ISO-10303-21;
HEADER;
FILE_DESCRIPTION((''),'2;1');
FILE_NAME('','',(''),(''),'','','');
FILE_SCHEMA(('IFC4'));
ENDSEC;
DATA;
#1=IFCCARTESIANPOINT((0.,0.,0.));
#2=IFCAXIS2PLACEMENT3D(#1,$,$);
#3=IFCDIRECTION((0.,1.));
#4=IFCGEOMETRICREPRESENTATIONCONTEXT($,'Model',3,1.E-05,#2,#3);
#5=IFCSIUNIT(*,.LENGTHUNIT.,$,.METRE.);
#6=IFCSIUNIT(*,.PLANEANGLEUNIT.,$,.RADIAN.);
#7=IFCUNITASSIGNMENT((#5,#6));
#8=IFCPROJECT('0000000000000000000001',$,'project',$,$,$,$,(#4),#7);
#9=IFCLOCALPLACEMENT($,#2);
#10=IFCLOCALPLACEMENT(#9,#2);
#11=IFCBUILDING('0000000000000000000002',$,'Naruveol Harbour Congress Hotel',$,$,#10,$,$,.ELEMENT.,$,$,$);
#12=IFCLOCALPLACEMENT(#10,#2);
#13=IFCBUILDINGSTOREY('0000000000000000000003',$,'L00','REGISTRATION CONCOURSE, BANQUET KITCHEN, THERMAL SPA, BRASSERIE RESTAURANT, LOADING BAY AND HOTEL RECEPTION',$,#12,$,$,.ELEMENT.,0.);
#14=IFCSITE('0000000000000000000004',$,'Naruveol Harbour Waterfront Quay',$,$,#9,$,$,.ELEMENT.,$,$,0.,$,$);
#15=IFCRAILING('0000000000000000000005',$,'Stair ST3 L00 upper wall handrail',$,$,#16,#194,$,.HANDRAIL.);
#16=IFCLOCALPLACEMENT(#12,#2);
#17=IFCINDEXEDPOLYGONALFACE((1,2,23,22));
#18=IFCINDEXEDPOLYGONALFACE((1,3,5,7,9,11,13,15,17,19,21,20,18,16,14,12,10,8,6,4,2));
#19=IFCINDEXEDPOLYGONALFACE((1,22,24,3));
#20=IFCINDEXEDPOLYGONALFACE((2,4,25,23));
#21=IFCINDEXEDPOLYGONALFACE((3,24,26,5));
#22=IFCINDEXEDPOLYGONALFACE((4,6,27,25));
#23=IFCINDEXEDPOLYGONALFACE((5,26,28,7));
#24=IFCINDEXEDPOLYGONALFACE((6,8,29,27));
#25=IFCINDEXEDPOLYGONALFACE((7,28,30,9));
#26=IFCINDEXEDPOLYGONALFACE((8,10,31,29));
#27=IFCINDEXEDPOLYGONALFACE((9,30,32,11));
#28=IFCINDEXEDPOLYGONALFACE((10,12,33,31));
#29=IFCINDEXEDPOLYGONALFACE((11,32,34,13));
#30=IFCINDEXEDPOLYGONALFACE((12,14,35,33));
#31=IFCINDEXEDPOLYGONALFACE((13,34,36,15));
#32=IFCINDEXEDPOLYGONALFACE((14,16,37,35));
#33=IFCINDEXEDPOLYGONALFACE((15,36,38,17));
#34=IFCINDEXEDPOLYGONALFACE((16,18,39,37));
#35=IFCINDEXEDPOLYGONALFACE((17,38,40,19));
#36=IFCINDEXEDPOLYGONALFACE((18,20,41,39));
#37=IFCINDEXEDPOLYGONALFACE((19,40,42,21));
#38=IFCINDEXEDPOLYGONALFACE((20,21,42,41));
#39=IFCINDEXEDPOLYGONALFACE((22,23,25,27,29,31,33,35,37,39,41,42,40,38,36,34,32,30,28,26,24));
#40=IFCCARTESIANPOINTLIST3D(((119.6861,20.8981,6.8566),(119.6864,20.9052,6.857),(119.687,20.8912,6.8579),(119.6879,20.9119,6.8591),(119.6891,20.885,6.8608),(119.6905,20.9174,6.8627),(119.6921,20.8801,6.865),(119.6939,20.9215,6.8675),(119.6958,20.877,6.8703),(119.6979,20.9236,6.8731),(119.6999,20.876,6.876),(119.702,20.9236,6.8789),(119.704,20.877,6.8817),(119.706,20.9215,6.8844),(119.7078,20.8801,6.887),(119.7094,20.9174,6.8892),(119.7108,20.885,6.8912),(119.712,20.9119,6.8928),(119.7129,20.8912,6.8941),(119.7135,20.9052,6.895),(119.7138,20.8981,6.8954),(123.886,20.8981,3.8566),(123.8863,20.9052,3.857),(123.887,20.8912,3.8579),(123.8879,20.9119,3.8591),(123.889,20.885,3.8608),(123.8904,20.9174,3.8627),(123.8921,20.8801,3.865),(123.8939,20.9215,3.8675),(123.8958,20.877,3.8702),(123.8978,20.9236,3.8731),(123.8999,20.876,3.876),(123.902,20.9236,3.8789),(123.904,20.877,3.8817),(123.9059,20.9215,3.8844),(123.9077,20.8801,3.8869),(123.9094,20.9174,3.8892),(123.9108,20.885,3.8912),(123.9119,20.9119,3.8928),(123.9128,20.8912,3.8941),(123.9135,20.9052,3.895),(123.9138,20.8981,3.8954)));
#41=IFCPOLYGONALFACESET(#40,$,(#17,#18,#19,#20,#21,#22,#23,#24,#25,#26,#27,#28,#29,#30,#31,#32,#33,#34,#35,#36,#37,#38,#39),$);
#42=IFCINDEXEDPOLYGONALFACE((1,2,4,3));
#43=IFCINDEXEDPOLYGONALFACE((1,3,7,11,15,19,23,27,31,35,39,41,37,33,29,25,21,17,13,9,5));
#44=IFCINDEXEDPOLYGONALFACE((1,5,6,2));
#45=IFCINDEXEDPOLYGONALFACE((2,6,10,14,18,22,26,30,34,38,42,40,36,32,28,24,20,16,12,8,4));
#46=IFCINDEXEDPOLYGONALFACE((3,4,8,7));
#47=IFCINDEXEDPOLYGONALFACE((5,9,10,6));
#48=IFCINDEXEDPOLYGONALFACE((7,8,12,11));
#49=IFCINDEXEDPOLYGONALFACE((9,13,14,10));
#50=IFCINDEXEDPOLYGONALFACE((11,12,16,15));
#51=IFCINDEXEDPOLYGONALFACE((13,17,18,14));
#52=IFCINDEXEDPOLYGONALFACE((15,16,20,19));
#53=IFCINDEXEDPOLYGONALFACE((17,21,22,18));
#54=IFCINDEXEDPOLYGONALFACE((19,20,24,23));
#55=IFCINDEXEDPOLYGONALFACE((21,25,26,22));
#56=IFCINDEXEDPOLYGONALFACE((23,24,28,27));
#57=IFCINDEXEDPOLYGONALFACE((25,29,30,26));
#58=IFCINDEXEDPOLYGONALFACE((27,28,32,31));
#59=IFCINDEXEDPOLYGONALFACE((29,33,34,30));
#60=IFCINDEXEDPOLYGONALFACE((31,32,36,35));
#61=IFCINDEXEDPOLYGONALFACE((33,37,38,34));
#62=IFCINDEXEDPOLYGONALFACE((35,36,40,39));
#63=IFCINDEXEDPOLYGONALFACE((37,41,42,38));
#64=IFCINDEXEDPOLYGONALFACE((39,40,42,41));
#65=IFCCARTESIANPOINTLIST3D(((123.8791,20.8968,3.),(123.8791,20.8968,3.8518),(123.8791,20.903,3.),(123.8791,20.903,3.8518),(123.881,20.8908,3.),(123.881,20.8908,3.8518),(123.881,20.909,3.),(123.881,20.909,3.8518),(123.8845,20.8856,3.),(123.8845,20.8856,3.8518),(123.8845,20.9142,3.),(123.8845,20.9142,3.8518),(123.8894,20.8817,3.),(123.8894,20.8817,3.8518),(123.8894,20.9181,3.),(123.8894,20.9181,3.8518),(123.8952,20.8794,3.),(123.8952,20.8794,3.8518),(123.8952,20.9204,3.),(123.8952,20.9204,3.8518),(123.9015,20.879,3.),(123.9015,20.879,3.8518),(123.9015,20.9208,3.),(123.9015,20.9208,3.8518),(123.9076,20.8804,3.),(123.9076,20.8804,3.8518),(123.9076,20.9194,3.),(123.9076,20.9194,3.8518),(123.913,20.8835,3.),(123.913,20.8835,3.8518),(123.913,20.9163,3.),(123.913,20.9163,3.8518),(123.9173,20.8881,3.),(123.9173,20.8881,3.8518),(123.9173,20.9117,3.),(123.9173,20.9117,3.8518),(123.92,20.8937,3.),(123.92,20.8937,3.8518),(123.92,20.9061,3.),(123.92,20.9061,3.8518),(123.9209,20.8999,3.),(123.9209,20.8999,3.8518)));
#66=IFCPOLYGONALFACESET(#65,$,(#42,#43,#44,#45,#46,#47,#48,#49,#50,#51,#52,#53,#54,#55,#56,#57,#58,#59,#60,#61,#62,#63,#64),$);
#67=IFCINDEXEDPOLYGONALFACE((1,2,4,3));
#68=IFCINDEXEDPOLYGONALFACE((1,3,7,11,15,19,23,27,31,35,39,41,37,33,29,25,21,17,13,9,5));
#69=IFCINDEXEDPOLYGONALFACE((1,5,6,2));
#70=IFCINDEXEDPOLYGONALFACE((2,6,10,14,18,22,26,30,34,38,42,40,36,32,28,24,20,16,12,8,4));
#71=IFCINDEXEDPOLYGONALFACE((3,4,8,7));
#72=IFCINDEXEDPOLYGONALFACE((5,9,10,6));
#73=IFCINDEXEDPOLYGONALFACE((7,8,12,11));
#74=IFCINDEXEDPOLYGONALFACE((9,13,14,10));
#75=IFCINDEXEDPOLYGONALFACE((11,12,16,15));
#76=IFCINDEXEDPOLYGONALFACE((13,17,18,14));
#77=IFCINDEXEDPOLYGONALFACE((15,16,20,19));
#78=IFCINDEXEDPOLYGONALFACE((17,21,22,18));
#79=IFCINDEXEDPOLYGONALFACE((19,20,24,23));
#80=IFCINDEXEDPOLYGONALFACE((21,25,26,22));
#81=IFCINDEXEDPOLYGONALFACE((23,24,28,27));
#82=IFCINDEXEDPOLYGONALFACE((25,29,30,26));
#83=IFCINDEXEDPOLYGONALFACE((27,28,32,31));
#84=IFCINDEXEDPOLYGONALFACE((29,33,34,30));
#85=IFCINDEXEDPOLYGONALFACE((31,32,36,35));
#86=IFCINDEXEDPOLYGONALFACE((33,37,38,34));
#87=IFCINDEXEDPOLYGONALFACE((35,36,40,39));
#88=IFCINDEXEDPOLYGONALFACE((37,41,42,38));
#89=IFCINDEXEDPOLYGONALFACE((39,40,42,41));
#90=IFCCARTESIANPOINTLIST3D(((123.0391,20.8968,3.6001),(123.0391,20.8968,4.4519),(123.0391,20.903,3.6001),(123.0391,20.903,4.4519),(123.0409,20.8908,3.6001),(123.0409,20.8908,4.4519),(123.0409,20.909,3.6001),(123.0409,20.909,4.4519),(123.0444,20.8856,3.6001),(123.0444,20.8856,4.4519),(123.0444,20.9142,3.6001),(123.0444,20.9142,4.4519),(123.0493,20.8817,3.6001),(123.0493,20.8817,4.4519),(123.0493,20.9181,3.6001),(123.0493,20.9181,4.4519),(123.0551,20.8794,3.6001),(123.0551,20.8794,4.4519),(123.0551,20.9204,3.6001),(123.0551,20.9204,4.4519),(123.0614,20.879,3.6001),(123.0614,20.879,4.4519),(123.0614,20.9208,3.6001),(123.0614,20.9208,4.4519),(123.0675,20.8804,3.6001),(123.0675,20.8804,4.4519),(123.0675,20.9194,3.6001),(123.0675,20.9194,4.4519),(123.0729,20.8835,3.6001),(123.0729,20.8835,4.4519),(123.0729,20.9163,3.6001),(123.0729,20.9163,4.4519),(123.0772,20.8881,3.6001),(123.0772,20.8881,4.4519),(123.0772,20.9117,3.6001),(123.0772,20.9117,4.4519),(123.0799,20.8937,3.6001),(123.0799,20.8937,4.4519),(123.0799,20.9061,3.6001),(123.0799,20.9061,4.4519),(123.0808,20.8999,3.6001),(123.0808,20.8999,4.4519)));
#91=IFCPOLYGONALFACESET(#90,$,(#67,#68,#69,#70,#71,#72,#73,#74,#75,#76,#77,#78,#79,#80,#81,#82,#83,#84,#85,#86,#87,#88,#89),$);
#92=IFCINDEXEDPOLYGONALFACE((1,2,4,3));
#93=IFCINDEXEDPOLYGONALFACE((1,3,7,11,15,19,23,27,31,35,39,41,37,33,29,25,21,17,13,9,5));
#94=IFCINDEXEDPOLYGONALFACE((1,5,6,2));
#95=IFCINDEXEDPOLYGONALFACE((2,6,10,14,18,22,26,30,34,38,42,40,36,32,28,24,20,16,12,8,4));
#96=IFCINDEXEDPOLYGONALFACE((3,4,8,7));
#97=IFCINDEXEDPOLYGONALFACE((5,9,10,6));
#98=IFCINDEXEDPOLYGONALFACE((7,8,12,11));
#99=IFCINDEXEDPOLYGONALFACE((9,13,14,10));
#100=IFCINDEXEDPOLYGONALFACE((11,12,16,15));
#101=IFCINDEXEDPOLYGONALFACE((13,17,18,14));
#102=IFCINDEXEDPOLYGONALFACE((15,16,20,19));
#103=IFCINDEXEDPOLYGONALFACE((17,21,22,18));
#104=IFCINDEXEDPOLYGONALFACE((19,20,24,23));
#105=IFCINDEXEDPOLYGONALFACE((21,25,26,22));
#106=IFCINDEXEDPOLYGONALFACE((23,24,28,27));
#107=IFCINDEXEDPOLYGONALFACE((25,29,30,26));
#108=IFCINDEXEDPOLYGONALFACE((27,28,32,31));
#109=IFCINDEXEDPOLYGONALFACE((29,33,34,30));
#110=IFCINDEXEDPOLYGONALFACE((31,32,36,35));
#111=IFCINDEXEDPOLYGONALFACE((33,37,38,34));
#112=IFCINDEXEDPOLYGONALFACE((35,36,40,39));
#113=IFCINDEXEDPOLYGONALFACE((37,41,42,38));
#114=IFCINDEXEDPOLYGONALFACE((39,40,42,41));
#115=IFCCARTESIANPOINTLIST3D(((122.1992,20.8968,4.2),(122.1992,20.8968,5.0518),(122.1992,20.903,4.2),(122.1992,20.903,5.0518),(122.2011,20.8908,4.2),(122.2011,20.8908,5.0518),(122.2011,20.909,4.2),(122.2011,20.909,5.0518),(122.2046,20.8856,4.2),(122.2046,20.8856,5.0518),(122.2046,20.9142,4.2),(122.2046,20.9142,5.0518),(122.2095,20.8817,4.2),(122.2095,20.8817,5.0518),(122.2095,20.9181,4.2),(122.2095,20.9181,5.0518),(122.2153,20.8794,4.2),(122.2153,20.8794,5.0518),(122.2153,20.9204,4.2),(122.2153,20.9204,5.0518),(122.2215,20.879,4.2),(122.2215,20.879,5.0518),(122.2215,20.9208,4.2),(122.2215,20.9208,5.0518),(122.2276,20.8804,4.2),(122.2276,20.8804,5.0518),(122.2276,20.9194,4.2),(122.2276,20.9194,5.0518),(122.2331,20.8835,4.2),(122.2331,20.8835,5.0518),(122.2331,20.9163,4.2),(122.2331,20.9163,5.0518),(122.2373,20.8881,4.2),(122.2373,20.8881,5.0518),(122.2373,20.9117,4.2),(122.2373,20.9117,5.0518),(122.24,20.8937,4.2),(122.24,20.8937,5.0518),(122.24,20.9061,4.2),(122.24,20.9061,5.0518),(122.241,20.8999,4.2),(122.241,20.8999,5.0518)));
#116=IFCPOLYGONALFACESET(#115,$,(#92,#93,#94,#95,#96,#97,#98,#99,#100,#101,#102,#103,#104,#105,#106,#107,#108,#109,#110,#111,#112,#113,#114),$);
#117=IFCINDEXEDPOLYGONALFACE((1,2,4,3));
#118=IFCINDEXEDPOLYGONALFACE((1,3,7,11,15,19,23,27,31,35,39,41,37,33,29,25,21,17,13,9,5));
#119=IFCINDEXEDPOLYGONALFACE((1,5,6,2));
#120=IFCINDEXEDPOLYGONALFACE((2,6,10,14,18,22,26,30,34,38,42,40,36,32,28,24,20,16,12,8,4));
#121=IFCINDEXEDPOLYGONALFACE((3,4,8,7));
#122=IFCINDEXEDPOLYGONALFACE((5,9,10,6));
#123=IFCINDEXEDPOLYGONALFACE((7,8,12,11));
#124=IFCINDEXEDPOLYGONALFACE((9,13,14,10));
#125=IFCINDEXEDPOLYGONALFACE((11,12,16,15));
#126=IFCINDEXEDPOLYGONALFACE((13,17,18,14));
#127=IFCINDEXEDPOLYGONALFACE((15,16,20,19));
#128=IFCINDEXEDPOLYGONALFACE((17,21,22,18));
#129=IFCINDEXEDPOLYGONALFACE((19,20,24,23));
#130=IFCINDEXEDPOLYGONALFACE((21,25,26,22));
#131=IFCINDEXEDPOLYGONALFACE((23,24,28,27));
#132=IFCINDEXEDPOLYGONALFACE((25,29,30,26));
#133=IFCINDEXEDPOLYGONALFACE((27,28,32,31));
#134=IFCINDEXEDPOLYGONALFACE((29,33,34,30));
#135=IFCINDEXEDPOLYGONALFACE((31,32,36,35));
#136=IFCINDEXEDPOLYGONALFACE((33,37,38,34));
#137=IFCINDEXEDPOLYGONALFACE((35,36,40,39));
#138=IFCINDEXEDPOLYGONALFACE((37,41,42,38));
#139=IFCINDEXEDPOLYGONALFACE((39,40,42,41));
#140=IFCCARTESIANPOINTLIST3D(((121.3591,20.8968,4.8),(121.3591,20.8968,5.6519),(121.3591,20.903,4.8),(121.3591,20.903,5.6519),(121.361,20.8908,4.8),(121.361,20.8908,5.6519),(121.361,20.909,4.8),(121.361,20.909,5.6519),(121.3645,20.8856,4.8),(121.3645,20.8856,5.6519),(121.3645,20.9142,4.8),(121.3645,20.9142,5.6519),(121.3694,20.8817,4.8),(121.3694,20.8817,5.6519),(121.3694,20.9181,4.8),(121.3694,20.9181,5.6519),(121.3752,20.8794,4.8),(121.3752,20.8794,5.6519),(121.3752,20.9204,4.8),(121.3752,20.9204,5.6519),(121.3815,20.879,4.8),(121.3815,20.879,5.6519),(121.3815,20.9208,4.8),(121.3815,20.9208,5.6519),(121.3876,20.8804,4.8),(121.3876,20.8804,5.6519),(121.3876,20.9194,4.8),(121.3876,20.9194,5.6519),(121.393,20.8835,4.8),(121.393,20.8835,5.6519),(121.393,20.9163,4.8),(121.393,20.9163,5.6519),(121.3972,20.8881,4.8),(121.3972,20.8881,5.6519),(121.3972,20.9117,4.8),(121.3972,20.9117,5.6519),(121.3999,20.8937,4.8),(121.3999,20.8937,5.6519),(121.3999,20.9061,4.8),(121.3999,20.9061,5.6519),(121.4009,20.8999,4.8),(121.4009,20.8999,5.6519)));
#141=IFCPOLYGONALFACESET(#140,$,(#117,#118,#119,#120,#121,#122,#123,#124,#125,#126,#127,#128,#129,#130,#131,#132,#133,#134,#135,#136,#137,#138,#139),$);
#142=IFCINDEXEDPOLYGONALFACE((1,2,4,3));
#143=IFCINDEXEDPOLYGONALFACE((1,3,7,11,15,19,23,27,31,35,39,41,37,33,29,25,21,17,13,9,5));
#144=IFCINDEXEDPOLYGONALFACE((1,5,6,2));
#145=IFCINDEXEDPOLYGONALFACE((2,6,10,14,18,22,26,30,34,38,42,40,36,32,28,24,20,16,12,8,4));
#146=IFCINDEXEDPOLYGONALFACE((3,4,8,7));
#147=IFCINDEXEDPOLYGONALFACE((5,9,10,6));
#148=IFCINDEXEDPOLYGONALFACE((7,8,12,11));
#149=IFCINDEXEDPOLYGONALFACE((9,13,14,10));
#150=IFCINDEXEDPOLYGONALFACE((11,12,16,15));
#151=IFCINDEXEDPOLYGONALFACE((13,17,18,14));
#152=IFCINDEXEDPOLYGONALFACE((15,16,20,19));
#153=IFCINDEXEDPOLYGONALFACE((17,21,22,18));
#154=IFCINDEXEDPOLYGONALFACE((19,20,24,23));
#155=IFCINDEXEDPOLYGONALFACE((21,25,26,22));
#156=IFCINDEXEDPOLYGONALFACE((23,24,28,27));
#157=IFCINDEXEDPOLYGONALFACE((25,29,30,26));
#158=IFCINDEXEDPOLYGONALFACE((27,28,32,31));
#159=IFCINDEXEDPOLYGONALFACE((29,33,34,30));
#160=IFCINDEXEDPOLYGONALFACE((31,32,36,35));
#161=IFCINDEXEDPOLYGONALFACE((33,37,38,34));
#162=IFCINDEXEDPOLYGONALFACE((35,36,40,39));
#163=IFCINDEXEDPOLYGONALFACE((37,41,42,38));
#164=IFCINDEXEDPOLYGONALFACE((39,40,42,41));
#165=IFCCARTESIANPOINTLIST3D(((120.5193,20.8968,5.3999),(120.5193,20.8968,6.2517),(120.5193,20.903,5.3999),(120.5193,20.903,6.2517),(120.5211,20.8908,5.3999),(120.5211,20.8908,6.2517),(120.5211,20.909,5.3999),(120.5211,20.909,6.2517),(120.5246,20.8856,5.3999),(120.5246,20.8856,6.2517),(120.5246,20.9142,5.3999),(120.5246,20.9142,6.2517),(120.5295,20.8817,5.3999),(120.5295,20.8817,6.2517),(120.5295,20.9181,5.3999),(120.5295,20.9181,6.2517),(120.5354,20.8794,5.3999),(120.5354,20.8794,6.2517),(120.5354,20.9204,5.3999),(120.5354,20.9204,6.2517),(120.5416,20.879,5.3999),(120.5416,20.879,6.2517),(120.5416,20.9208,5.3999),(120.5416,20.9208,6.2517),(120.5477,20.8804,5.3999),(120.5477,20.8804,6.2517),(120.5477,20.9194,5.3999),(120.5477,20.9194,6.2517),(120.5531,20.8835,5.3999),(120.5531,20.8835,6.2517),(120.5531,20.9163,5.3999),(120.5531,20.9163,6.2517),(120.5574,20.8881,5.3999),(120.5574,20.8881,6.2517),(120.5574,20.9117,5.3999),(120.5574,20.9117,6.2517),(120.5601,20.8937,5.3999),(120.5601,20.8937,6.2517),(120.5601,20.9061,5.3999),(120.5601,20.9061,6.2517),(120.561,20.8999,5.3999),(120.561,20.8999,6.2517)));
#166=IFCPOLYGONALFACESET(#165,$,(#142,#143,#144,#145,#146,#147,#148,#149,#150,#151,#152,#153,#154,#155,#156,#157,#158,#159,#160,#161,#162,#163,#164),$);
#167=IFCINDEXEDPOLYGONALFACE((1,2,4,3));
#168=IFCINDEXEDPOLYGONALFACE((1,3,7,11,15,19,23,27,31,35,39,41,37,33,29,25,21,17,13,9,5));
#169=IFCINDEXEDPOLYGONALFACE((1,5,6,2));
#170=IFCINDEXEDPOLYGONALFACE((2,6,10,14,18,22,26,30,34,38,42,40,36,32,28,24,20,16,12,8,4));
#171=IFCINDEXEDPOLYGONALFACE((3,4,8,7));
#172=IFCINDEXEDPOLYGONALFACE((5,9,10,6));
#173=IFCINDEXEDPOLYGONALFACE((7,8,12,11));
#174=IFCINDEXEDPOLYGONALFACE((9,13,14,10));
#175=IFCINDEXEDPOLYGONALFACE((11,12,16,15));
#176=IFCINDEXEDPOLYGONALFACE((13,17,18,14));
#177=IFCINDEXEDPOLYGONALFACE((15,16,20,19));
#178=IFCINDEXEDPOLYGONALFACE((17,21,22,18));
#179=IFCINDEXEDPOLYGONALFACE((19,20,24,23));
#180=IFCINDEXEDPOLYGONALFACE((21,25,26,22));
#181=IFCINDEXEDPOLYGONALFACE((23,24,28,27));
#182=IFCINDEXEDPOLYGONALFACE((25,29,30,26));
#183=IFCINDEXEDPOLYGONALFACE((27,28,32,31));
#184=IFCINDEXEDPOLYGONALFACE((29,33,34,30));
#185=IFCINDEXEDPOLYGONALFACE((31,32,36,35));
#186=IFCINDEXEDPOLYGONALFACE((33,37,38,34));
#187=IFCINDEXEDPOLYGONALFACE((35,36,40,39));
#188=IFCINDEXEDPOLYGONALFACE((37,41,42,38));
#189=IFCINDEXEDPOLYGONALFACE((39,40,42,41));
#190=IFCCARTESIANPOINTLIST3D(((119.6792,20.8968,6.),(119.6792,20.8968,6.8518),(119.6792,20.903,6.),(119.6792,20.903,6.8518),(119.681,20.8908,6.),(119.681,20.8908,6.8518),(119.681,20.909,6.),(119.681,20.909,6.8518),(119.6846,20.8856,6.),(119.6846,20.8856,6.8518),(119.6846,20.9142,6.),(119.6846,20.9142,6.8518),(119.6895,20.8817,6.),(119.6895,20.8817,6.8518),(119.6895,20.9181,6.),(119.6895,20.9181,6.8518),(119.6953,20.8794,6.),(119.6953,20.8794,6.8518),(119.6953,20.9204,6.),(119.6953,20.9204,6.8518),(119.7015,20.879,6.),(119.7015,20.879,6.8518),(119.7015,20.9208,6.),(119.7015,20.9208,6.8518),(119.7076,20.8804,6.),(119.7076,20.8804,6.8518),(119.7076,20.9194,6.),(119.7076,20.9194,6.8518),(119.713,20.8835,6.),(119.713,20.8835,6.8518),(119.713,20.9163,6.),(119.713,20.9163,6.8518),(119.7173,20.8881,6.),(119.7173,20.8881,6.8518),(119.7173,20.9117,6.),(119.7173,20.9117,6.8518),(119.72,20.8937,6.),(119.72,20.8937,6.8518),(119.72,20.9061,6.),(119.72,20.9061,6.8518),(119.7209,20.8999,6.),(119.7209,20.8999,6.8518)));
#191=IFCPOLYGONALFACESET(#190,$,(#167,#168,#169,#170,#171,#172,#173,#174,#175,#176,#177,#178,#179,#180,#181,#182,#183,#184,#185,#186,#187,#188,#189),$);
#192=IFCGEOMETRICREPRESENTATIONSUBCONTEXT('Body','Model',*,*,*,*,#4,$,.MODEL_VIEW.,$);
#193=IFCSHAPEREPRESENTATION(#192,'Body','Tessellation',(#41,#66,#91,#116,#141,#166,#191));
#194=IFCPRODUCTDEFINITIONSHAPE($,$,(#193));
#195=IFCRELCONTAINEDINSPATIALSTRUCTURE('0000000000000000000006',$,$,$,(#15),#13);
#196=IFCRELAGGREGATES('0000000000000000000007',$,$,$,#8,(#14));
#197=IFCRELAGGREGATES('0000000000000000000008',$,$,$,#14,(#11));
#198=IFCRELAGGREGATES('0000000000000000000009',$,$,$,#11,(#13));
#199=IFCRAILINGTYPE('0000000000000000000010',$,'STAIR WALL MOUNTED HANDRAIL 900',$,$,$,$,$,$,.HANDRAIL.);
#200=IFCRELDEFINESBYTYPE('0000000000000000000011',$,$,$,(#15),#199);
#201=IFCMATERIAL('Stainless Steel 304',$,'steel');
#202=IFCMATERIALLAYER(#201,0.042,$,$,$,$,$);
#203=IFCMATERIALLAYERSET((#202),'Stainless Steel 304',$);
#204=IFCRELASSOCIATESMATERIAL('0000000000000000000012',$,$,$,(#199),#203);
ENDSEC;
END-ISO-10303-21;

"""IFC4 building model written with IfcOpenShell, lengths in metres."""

from ifc_helpers import new_model, si_unit, direction, frame, origin, origin_2d, place, context, subcontext, project, spatial, circle, extrude, material, layer, layer_set, type_object, element, save


model = new_model("IFC4")

# Units and contexts
model_context = context("Model", 3, precision=1e-05, world=origin(), true_north=direction((0.0, 1.0)))
body_context = subcontext(model_context, "Body", "Model", "MODEL_VIEW")
ifc_project = project(units=[si_unit("LENGTHUNIT", "METRE"), si_unit("PLANEANGLEUNIT", "RADIAN")], contexts=[model_context])

# Site, building, storey
site_placement = place(None, origin())
site = spatial("IfcSite", under=ifc_project, at=site_placement, Name="Naruveol Harbour Waterfront Quay", CompositionType="ELEMENT", RefElevation=0.0)
building_placement = place(site_placement, origin())
building = spatial("IfcBuilding", under=site, at=building_placement, Name="Naruveol Harbour Congress Hotel", CompositionType="ELEMENT")
storey_placement = place(building_placement, origin())
storey = spatial("IfcBuildingStorey", under=building, at=storey_placement, Name="L00", Description="REGISTRATION CONCOURSE, BANQUET KITCHEN, THERMAL SPA, BRASSERIE RESTAURANT, LOADING BAY AND HOTEL RECEPTION", CompositionType="ELEMENT", Elevation=0.0)

# Railing
ifc_material_1 = material(Name="Stainless Steel 304", Category="steel")
ifc_layer_1 = layer(ifc_material_1, 0.042)
ifc_layer_set_1 = layer_set([ifc_layer_1], Name="Stainless Steel 304")
railing_type = type_object("IfcRailingType", Name="STAIR WALL MOUNTED HANDRAIL 900", PredefinedType="HANDRAIL", material=ifc_layer_set_1)
railing_placement = place(storey_placement, frame((123.8999, 20.8999, 3.0)))
element("IfcRailing", 1, at=railing_placement, inside=storey, type_object=railing_type, Name="Stair ST3 L00 upper wall handrail", PredefinedType="HANDRAIL", context=body_context, shape_type="SweptSolid", body=[
    extrude(circle(Radius=0.0239, at=origin_2d()), frame((0.0, 0.0, 0.876), z_axis=(-0.81373, 0.0, 0.581243), x_axis=(0.0, -1.0, 0.0)), (0.0, 0.0, 1.0), 5.1614),
    extrude(circle(Radius=0.021, at=origin_2d()), origin(), (0.0, 0.0, 1.0), 0.8518),
    extrude(circle(Radius=0.021, at=origin_2d()), frame((-0.8401, 0.0, 0.6001)), (0.0, 0.0, 1.0), 0.8518),
    extrude(circle(Radius=0.021, at=origin_2d()), frame((-1.6799, 0.0, 1.2)), (0.0, 0.0, 1.0), 0.8518),
    extrude(circle(Radius=0.021, at=origin_2d()), frame((-2.52, 0.0, 1.8)), (0.0, 0.0, 1.0), 0.8518),
    extrude(circle(Radius=0.021, at=origin_2d()), frame((-3.3599, 0.0, 2.3999)), (0.0, 0.0, 1.0), 0.8518),
    extrude(circle(Radius=0.021, at=origin_2d()), frame((-4.2, 0.0, 3.0)), (0.0, 0.0, 1.0), 0.8518),
])

save(model, "model.ifc")
